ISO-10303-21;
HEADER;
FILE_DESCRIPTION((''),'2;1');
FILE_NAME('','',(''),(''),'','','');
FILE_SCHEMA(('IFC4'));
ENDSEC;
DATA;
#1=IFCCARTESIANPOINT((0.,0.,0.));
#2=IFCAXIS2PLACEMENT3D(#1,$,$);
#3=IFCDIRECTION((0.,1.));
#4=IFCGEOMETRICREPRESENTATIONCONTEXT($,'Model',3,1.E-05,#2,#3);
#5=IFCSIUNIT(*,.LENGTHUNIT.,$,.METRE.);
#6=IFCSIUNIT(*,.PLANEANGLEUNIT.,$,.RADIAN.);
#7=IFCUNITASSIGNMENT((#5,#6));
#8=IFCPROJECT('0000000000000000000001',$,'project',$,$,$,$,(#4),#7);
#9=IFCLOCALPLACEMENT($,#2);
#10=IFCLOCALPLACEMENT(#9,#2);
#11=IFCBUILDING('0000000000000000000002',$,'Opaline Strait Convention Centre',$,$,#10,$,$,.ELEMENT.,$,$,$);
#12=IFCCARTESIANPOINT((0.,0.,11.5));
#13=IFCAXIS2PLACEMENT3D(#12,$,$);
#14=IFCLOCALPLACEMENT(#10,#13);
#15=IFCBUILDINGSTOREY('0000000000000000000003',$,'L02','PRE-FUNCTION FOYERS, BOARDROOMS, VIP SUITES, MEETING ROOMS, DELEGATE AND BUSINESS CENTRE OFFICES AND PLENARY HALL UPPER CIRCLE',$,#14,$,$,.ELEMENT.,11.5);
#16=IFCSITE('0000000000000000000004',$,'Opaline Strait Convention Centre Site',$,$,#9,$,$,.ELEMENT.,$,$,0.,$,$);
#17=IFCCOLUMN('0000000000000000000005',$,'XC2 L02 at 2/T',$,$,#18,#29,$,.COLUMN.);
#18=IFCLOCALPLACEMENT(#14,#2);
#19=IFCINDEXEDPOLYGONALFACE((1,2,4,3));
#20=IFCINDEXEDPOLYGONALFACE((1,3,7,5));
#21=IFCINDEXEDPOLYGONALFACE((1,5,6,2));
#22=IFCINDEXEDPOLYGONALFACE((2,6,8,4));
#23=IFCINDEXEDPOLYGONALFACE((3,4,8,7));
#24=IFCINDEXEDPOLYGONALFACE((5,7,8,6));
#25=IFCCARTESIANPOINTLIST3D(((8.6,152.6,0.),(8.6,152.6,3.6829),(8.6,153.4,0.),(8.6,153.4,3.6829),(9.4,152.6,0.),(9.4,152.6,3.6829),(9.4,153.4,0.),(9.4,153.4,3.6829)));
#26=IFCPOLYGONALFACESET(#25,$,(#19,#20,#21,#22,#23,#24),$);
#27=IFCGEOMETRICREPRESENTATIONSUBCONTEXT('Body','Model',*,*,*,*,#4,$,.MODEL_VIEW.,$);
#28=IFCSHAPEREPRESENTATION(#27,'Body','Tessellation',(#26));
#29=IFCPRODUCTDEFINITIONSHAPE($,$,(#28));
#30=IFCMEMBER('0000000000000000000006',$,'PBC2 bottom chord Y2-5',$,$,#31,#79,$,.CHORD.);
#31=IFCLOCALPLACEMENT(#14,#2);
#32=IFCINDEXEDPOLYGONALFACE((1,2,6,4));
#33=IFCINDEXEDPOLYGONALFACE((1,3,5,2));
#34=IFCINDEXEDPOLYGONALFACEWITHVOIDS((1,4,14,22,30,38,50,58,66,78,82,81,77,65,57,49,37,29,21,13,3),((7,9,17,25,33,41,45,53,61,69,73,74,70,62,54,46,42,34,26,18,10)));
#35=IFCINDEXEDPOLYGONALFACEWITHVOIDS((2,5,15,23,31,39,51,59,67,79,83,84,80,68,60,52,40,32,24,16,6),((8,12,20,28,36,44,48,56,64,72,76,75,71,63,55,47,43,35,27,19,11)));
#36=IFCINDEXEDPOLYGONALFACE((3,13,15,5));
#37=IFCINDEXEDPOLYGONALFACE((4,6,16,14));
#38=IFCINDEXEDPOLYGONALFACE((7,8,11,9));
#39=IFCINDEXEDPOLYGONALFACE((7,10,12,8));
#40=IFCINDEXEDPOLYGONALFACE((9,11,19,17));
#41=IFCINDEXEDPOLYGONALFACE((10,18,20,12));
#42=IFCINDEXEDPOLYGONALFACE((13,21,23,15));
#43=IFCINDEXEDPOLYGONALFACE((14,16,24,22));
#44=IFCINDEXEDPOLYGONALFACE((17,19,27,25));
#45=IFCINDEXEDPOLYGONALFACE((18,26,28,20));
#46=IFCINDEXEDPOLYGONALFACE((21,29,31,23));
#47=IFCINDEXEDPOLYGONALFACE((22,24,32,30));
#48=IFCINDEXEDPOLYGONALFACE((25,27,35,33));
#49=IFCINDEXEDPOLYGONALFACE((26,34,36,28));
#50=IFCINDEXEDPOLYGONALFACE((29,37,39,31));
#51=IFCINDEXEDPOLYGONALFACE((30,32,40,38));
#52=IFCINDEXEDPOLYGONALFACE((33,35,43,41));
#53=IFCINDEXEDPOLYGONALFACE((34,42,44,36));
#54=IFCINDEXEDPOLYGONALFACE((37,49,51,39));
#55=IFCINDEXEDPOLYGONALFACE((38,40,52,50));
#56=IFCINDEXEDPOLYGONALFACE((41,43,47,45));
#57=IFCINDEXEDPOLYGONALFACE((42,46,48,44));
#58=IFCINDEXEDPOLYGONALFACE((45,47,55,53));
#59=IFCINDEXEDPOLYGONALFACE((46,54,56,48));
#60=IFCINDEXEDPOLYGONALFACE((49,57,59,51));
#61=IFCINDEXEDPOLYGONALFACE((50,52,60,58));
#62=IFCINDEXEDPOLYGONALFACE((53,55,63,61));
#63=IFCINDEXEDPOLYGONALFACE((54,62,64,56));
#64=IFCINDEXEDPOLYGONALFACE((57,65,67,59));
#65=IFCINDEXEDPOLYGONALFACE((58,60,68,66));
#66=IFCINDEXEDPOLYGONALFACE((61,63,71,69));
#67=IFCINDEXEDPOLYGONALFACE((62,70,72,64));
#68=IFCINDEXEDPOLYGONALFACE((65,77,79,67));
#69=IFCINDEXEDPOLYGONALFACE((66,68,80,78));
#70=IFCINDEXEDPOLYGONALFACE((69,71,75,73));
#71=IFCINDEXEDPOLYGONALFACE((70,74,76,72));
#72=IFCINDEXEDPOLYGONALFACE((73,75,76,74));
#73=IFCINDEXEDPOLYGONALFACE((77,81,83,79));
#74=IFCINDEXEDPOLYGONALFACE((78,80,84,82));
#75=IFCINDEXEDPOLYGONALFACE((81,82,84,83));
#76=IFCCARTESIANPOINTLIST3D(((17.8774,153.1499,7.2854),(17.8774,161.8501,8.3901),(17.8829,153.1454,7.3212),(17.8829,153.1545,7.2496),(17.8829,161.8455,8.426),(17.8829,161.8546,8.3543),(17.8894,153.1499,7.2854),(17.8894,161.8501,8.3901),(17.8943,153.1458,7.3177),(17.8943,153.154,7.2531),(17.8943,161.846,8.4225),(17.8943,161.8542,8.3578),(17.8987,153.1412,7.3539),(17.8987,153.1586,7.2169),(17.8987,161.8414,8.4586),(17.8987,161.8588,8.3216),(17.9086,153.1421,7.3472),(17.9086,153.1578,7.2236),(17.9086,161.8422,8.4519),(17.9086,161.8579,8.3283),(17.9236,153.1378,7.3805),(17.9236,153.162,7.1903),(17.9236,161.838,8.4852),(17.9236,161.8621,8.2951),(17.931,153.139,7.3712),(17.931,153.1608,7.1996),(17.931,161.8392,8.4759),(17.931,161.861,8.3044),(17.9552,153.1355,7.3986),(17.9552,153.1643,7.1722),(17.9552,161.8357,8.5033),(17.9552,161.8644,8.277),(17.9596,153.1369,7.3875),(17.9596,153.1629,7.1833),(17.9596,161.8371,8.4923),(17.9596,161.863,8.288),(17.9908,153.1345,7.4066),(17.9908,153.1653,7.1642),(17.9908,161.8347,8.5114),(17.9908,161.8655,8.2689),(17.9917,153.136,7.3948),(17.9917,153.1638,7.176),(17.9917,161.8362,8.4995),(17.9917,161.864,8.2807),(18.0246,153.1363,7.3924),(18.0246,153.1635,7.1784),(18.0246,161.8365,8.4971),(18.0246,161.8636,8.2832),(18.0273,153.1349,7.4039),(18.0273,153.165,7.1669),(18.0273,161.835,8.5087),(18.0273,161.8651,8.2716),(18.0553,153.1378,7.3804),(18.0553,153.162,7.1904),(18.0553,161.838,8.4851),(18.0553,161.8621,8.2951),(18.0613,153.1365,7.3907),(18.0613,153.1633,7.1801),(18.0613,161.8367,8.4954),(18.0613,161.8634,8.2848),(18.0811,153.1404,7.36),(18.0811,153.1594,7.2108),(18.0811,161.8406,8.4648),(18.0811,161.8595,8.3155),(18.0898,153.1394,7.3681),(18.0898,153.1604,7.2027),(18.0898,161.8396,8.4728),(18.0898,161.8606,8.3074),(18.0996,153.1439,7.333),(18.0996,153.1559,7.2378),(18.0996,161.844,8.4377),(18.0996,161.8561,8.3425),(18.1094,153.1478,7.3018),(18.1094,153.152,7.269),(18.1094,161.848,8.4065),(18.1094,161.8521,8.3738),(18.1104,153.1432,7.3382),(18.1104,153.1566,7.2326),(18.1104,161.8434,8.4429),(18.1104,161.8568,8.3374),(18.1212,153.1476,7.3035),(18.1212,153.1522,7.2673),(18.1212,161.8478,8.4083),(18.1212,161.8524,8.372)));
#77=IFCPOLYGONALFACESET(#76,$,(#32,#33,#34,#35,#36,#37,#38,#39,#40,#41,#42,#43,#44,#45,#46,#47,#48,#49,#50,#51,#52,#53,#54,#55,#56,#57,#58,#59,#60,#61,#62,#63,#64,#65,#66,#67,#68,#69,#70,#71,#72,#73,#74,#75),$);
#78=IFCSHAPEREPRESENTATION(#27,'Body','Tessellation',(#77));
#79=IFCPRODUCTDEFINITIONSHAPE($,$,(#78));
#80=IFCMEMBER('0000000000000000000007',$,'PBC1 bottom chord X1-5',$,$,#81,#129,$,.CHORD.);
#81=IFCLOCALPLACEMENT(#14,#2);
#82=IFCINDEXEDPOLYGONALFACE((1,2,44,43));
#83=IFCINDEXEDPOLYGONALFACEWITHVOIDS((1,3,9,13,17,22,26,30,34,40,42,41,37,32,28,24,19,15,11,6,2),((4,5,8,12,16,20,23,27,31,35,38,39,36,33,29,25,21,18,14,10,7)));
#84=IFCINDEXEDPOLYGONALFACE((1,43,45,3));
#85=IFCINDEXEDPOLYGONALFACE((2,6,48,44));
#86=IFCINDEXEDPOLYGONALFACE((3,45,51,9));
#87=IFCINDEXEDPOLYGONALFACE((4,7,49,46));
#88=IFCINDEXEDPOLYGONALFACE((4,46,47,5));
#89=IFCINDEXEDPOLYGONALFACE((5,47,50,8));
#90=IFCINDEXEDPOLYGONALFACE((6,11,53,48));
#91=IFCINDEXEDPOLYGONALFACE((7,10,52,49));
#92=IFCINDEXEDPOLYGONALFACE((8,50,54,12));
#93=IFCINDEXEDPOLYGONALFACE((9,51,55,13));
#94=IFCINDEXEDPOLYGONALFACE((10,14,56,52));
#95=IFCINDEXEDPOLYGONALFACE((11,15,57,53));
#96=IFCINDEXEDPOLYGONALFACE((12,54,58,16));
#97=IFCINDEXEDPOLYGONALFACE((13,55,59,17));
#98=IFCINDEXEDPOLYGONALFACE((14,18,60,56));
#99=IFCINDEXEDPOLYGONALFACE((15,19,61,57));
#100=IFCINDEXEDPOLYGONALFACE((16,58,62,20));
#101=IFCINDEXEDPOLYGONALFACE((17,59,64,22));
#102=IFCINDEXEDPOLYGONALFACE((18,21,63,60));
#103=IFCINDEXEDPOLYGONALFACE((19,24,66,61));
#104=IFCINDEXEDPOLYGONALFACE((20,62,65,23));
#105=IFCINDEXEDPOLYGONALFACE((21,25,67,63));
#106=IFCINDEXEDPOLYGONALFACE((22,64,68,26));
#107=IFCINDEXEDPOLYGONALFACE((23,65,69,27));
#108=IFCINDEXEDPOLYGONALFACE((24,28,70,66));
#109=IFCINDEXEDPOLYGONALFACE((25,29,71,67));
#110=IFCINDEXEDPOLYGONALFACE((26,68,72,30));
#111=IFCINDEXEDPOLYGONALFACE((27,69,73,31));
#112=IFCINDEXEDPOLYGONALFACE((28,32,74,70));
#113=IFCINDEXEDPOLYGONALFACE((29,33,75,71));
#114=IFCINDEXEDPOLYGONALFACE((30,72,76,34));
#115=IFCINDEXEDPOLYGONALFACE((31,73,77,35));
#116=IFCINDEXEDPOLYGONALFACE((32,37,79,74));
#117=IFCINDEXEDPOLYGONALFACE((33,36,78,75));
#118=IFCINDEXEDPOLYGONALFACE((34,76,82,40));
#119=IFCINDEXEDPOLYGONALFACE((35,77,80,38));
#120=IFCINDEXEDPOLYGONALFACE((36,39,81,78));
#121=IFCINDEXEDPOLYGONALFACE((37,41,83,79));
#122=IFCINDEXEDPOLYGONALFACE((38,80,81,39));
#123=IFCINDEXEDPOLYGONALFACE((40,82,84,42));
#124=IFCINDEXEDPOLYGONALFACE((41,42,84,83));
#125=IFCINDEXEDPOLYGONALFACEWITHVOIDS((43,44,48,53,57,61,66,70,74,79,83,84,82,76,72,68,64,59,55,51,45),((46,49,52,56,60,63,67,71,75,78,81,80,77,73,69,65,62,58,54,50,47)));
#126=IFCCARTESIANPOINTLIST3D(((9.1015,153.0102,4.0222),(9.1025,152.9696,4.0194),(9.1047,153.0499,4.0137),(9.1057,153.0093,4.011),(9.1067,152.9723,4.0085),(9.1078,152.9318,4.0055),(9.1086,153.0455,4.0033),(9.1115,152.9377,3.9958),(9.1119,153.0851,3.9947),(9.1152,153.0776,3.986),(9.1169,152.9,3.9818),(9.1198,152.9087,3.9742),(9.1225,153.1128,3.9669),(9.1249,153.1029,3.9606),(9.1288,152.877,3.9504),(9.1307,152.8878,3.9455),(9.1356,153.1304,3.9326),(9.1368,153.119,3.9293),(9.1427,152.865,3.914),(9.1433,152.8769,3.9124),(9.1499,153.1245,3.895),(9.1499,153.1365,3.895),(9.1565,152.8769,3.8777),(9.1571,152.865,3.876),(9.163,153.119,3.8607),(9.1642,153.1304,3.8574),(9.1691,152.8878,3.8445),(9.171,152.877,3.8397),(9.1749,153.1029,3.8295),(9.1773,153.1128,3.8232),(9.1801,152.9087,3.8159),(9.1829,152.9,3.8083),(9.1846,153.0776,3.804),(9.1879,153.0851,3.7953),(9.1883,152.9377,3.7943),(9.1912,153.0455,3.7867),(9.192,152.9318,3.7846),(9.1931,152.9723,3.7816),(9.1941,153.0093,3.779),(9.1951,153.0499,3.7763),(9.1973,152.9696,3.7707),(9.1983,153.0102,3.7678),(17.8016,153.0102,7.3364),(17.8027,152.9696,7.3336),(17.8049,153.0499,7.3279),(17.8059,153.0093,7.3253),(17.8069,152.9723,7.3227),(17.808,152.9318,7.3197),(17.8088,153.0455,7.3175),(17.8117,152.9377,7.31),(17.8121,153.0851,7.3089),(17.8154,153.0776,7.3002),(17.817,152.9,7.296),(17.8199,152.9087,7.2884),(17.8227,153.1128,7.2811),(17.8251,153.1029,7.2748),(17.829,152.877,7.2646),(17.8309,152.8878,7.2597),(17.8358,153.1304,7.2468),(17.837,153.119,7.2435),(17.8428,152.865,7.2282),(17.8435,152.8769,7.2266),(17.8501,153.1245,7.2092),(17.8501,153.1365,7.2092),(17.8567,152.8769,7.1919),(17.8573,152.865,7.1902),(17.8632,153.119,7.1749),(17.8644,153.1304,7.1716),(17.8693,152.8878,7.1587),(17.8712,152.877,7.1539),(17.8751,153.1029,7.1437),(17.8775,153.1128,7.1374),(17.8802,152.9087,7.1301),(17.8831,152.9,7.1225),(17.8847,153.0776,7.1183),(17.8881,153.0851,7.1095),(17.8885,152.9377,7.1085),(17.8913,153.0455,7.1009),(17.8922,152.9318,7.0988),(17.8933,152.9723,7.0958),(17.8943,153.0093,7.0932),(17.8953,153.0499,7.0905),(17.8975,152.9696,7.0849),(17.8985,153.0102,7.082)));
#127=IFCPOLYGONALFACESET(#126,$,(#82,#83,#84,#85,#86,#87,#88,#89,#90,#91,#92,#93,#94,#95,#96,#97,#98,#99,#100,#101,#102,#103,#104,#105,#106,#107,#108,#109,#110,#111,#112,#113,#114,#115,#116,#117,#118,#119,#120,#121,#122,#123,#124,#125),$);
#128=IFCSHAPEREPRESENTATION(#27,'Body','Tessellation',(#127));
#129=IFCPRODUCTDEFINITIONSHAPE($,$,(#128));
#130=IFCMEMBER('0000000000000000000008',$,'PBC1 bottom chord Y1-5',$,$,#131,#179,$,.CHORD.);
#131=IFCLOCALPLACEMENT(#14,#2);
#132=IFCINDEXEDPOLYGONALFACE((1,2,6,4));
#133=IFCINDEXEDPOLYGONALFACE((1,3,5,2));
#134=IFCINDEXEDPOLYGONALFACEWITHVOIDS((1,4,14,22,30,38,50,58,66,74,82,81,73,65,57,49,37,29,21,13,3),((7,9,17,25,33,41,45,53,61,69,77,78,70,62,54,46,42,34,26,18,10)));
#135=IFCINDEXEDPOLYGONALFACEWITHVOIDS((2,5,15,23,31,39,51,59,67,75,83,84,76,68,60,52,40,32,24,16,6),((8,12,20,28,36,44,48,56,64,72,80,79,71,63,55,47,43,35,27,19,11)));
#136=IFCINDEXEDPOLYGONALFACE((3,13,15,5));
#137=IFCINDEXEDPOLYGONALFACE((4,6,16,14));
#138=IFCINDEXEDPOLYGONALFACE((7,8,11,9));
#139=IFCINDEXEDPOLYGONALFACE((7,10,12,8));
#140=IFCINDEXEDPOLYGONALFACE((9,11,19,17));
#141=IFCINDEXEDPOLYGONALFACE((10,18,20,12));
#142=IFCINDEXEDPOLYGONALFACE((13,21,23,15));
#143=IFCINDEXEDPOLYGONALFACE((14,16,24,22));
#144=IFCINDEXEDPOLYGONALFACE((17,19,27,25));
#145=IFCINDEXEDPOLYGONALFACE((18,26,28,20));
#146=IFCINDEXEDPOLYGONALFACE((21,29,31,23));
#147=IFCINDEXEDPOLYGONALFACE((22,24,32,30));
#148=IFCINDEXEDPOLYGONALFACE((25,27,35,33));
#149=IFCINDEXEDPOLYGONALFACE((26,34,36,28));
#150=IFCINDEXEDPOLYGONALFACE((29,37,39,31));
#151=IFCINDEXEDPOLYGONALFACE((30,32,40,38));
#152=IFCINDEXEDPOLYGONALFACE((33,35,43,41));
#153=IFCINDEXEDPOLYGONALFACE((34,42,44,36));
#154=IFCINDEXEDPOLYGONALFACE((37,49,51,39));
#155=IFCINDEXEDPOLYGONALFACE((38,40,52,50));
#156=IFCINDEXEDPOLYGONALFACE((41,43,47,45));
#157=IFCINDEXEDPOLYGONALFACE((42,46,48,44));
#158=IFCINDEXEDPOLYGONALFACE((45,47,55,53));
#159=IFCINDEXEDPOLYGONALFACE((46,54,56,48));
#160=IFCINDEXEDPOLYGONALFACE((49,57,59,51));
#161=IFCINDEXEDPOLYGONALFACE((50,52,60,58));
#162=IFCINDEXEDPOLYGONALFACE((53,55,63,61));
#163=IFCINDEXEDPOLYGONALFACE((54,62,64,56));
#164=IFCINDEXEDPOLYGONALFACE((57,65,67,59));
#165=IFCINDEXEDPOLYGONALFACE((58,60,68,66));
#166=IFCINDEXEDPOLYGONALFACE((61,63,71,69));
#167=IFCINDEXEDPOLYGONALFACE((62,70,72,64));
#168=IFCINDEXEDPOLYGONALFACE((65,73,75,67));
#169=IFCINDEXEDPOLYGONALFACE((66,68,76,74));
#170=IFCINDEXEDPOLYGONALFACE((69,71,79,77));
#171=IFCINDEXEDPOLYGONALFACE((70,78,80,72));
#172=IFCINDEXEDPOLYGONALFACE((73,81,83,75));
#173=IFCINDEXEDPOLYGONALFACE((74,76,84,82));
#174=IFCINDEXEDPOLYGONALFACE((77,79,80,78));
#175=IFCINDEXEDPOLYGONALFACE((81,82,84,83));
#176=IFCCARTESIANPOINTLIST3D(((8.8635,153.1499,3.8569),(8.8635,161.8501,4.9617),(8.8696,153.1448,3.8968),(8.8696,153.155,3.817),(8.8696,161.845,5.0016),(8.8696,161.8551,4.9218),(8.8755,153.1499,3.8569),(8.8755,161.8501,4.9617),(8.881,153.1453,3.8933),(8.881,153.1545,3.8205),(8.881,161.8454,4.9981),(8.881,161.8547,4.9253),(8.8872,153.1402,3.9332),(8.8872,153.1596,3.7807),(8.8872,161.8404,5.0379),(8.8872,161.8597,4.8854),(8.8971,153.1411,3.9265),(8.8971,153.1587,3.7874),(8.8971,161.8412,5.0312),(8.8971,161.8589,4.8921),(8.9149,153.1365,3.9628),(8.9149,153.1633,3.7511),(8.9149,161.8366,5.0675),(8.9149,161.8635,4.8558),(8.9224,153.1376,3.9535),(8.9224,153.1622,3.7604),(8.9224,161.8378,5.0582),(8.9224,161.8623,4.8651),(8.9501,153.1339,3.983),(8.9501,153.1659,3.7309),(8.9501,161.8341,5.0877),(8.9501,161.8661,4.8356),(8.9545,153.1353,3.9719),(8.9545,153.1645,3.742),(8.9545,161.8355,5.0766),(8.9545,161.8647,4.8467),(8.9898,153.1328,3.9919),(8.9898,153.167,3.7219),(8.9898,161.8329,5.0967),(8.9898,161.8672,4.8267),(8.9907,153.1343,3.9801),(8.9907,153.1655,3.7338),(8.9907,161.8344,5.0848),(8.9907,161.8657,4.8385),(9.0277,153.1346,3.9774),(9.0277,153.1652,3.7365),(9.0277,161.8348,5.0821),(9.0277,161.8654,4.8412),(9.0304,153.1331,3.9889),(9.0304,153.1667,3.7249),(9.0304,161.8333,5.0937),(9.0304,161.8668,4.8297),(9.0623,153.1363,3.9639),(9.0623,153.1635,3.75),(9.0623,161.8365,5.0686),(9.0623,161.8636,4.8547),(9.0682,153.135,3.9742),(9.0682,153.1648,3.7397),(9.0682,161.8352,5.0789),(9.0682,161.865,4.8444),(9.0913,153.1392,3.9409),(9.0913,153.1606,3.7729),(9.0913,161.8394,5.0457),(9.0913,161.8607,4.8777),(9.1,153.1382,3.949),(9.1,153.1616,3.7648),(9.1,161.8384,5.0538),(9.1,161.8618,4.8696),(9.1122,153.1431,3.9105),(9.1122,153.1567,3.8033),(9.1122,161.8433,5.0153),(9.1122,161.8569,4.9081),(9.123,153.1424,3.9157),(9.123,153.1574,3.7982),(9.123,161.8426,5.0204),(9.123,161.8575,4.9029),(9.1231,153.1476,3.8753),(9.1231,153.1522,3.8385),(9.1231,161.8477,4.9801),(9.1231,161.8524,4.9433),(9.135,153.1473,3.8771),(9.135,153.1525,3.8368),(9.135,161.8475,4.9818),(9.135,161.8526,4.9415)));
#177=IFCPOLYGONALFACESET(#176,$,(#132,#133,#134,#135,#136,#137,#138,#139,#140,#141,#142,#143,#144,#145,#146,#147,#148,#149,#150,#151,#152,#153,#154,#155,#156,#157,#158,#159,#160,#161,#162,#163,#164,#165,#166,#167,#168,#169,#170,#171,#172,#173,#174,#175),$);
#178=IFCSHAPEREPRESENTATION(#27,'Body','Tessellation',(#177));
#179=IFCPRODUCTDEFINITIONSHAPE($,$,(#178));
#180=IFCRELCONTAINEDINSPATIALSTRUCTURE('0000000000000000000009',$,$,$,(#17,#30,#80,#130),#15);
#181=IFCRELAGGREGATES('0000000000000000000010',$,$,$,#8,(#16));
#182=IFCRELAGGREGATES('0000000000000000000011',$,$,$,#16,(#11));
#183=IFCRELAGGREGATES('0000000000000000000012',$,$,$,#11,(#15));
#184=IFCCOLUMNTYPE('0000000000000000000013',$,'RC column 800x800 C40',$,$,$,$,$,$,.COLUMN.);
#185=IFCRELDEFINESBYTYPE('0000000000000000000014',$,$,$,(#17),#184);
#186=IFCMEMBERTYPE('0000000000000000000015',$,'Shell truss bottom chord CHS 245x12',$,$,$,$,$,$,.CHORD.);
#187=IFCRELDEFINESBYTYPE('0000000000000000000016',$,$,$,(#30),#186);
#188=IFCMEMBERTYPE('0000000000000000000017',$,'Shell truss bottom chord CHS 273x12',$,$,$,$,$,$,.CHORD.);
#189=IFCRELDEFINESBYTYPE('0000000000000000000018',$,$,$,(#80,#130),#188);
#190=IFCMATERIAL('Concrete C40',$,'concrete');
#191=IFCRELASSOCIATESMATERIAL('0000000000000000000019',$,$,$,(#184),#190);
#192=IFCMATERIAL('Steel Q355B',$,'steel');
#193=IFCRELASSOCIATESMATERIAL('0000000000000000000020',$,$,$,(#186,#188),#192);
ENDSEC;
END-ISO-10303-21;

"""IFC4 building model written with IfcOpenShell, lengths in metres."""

from ifc_helpers import new_model, si_unit, direction, frame, origin, origin_2d, place, context, subcontext, project, spatial, rectangle, hollow_circle, extrude, material, material_profile, profile_set, type_object, element, save


model = new_model("IFC4")

# Units and contexts
model_context = context("Model", 3, precision=1e-05, world=origin(), true_north=direction((0.0, 1.0)))
body_context = subcontext(model_context, "Body", "Model", "MODEL_VIEW")
ifc_project = project(units=[si_unit("LENGTHUNIT", "METRE"), si_unit("PLANEANGLEUNIT", "RADIAN")], contexts=[model_context])

# Site, building, storey
site_placement = place(None, origin())
site = spatial("IfcSite", under=ifc_project, at=site_placement, Name="Opaline Strait Convention Centre Site", CompositionType="ELEMENT", RefElevation=0.0)
building_placement = place(site_placement, origin())
building = spatial("IfcBuilding", under=site, at=building_placement, Name="Opaline Strait Convention Centre", CompositionType="ELEMENT")
storey_placement = place(building_placement, frame((0.0, 0.0, 11.5)))
storey = spatial("IfcBuildingStorey", under=building, at=storey_placement, Name="L02", Description="PRE-FUNCTION FOYERS, BOARDROOMS, VIP SUITES, MEETING ROOMS, DELEGATE AND BUSINESS CENTRE OFFICES AND PLENARY HALL UPPER CIRCLE", CompositionType="ELEMENT", Elevation=11.5)

# Column
ifc_material_1 = material(Name="Concrete C40", Category="concrete")
ifc_material_profile_1 = material_profile(ifc_material_1, rectangle(XDim=0.8, YDim=0.8, at=origin_2d()), Name="RC 800x800")
ifc_profile_set_1 = profile_set([ifc_material_profile_1], Name="Concrete C40")
column_type = type_object("IfcColumnType", Name="RC column 800x800 C40", PredefinedType="COLUMN", material=ifc_profile_set_1)
column_placement = place(storey_placement, frame((9.0, 153.0, 0.0), z_axis=(0.0, 0.0, 1.0), x_axis=(1.0, 0.0, 0.0)))
element("IfcColumn", 1, at=column_placement, inside=storey, type_object=column_type, Name="XC2 L02 at 2/T", PredefinedType="COLUMN", context=body_context, shape_type="SweptSolid", body=[
    extrude(rectangle(XDim=0.8, YDim=0.8, at=origin_2d()), origin(), (0.0, 0.0, 1.0), 3.6829),
])

# Members
ifc_material_2 = material(Name="Steel Q355B", Category="steel")
ifc_material_profile_2 = material_profile(ifc_material_2, hollow_circle(Radius=0.1226, WallThickness=0.012, at=origin_2d()), Name="CHS 245x12")
ifc_profile_set_2 = profile_set([ifc_material_profile_2], Name="Steel Q355B")
member_type_1 = type_object("IfcMemberType", Name="Shell truss bottom chord CHS 245x12", PredefinedType="CHORD", material=ifc_profile_set_2)
member_1_placement = place(storey_placement, frame((18.0, 153.1499, 7.2854), z_axis=(0.0, 0.992034, 0.125967), x_axis=(-1.0, 0.0, 0.0)))
element("IfcMember", 2, at=member_1_placement, inside=storey, type_object=member_type_1, Name="PBC2 bottom chord Y2-5", PredefinedType="CHORD", context=body_context, shape_type="SweptSolid", body=[
    extrude(hollow_circle(Radius=0.1226, WallThickness=0.012, at=origin_2d()), origin(), (0.0, 0.0, 1.0), 8.77),
])
ifc_material_profile_3 = material_profile(ifc_material_2, hollow_circle(Radius=0.1365, WallThickness=0.012, at=origin_2d()), Name="CHS 273x12")
ifc_profile_set_3 = profile_set([ifc_material_profile_3], Name="Steel Q355B")
member_type_2 = type_object("IfcMemberType", Name="Shell truss bottom chord CHS 273x12", PredefinedType="CHORD", material=ifc_profile_set_3)
member_2_placement = place(storey_placement, frame((9.1499, 153.0, 3.895), z_axis=(0.934493, 0.0, 0.355981), x_axis=(0.0, 1.0, 0.0)))
element("IfcMember", 3, at=member_2_placement, inside=storey, type_object=member_type_2, Name="PBC1 bottom chord X1-5", PredefinedType="CHORD", context=body_context, shape_type="SweptSolid", body=[
    extrude(hollow_circle(Radius=0.1365, WallThickness=0.012, at=origin_2d()), origin(), (0.0, 0.0, 1.0), 9.3101),
])
member_3_placement = place(storey_placement, frame((9.0, 153.1499, 3.8569), z_axis=(0.0, 0.992034, 0.125967), x_axis=(-1.0, 0.0, 0.0)))
element("IfcMember", 4, at=member_3_placement, inside=storey, type_object=member_type_2, Name="PBC1 bottom chord Y1-5", PredefinedType="CHORD", context=body_context, shape_type="SweptSolid", body=[
    extrude(hollow_circle(Radius=0.1365, WallThickness=0.012, at=origin_2d()), origin(), (0.0, 0.0, 1.0), 8.77),
])

save(model, "model.ifc")
